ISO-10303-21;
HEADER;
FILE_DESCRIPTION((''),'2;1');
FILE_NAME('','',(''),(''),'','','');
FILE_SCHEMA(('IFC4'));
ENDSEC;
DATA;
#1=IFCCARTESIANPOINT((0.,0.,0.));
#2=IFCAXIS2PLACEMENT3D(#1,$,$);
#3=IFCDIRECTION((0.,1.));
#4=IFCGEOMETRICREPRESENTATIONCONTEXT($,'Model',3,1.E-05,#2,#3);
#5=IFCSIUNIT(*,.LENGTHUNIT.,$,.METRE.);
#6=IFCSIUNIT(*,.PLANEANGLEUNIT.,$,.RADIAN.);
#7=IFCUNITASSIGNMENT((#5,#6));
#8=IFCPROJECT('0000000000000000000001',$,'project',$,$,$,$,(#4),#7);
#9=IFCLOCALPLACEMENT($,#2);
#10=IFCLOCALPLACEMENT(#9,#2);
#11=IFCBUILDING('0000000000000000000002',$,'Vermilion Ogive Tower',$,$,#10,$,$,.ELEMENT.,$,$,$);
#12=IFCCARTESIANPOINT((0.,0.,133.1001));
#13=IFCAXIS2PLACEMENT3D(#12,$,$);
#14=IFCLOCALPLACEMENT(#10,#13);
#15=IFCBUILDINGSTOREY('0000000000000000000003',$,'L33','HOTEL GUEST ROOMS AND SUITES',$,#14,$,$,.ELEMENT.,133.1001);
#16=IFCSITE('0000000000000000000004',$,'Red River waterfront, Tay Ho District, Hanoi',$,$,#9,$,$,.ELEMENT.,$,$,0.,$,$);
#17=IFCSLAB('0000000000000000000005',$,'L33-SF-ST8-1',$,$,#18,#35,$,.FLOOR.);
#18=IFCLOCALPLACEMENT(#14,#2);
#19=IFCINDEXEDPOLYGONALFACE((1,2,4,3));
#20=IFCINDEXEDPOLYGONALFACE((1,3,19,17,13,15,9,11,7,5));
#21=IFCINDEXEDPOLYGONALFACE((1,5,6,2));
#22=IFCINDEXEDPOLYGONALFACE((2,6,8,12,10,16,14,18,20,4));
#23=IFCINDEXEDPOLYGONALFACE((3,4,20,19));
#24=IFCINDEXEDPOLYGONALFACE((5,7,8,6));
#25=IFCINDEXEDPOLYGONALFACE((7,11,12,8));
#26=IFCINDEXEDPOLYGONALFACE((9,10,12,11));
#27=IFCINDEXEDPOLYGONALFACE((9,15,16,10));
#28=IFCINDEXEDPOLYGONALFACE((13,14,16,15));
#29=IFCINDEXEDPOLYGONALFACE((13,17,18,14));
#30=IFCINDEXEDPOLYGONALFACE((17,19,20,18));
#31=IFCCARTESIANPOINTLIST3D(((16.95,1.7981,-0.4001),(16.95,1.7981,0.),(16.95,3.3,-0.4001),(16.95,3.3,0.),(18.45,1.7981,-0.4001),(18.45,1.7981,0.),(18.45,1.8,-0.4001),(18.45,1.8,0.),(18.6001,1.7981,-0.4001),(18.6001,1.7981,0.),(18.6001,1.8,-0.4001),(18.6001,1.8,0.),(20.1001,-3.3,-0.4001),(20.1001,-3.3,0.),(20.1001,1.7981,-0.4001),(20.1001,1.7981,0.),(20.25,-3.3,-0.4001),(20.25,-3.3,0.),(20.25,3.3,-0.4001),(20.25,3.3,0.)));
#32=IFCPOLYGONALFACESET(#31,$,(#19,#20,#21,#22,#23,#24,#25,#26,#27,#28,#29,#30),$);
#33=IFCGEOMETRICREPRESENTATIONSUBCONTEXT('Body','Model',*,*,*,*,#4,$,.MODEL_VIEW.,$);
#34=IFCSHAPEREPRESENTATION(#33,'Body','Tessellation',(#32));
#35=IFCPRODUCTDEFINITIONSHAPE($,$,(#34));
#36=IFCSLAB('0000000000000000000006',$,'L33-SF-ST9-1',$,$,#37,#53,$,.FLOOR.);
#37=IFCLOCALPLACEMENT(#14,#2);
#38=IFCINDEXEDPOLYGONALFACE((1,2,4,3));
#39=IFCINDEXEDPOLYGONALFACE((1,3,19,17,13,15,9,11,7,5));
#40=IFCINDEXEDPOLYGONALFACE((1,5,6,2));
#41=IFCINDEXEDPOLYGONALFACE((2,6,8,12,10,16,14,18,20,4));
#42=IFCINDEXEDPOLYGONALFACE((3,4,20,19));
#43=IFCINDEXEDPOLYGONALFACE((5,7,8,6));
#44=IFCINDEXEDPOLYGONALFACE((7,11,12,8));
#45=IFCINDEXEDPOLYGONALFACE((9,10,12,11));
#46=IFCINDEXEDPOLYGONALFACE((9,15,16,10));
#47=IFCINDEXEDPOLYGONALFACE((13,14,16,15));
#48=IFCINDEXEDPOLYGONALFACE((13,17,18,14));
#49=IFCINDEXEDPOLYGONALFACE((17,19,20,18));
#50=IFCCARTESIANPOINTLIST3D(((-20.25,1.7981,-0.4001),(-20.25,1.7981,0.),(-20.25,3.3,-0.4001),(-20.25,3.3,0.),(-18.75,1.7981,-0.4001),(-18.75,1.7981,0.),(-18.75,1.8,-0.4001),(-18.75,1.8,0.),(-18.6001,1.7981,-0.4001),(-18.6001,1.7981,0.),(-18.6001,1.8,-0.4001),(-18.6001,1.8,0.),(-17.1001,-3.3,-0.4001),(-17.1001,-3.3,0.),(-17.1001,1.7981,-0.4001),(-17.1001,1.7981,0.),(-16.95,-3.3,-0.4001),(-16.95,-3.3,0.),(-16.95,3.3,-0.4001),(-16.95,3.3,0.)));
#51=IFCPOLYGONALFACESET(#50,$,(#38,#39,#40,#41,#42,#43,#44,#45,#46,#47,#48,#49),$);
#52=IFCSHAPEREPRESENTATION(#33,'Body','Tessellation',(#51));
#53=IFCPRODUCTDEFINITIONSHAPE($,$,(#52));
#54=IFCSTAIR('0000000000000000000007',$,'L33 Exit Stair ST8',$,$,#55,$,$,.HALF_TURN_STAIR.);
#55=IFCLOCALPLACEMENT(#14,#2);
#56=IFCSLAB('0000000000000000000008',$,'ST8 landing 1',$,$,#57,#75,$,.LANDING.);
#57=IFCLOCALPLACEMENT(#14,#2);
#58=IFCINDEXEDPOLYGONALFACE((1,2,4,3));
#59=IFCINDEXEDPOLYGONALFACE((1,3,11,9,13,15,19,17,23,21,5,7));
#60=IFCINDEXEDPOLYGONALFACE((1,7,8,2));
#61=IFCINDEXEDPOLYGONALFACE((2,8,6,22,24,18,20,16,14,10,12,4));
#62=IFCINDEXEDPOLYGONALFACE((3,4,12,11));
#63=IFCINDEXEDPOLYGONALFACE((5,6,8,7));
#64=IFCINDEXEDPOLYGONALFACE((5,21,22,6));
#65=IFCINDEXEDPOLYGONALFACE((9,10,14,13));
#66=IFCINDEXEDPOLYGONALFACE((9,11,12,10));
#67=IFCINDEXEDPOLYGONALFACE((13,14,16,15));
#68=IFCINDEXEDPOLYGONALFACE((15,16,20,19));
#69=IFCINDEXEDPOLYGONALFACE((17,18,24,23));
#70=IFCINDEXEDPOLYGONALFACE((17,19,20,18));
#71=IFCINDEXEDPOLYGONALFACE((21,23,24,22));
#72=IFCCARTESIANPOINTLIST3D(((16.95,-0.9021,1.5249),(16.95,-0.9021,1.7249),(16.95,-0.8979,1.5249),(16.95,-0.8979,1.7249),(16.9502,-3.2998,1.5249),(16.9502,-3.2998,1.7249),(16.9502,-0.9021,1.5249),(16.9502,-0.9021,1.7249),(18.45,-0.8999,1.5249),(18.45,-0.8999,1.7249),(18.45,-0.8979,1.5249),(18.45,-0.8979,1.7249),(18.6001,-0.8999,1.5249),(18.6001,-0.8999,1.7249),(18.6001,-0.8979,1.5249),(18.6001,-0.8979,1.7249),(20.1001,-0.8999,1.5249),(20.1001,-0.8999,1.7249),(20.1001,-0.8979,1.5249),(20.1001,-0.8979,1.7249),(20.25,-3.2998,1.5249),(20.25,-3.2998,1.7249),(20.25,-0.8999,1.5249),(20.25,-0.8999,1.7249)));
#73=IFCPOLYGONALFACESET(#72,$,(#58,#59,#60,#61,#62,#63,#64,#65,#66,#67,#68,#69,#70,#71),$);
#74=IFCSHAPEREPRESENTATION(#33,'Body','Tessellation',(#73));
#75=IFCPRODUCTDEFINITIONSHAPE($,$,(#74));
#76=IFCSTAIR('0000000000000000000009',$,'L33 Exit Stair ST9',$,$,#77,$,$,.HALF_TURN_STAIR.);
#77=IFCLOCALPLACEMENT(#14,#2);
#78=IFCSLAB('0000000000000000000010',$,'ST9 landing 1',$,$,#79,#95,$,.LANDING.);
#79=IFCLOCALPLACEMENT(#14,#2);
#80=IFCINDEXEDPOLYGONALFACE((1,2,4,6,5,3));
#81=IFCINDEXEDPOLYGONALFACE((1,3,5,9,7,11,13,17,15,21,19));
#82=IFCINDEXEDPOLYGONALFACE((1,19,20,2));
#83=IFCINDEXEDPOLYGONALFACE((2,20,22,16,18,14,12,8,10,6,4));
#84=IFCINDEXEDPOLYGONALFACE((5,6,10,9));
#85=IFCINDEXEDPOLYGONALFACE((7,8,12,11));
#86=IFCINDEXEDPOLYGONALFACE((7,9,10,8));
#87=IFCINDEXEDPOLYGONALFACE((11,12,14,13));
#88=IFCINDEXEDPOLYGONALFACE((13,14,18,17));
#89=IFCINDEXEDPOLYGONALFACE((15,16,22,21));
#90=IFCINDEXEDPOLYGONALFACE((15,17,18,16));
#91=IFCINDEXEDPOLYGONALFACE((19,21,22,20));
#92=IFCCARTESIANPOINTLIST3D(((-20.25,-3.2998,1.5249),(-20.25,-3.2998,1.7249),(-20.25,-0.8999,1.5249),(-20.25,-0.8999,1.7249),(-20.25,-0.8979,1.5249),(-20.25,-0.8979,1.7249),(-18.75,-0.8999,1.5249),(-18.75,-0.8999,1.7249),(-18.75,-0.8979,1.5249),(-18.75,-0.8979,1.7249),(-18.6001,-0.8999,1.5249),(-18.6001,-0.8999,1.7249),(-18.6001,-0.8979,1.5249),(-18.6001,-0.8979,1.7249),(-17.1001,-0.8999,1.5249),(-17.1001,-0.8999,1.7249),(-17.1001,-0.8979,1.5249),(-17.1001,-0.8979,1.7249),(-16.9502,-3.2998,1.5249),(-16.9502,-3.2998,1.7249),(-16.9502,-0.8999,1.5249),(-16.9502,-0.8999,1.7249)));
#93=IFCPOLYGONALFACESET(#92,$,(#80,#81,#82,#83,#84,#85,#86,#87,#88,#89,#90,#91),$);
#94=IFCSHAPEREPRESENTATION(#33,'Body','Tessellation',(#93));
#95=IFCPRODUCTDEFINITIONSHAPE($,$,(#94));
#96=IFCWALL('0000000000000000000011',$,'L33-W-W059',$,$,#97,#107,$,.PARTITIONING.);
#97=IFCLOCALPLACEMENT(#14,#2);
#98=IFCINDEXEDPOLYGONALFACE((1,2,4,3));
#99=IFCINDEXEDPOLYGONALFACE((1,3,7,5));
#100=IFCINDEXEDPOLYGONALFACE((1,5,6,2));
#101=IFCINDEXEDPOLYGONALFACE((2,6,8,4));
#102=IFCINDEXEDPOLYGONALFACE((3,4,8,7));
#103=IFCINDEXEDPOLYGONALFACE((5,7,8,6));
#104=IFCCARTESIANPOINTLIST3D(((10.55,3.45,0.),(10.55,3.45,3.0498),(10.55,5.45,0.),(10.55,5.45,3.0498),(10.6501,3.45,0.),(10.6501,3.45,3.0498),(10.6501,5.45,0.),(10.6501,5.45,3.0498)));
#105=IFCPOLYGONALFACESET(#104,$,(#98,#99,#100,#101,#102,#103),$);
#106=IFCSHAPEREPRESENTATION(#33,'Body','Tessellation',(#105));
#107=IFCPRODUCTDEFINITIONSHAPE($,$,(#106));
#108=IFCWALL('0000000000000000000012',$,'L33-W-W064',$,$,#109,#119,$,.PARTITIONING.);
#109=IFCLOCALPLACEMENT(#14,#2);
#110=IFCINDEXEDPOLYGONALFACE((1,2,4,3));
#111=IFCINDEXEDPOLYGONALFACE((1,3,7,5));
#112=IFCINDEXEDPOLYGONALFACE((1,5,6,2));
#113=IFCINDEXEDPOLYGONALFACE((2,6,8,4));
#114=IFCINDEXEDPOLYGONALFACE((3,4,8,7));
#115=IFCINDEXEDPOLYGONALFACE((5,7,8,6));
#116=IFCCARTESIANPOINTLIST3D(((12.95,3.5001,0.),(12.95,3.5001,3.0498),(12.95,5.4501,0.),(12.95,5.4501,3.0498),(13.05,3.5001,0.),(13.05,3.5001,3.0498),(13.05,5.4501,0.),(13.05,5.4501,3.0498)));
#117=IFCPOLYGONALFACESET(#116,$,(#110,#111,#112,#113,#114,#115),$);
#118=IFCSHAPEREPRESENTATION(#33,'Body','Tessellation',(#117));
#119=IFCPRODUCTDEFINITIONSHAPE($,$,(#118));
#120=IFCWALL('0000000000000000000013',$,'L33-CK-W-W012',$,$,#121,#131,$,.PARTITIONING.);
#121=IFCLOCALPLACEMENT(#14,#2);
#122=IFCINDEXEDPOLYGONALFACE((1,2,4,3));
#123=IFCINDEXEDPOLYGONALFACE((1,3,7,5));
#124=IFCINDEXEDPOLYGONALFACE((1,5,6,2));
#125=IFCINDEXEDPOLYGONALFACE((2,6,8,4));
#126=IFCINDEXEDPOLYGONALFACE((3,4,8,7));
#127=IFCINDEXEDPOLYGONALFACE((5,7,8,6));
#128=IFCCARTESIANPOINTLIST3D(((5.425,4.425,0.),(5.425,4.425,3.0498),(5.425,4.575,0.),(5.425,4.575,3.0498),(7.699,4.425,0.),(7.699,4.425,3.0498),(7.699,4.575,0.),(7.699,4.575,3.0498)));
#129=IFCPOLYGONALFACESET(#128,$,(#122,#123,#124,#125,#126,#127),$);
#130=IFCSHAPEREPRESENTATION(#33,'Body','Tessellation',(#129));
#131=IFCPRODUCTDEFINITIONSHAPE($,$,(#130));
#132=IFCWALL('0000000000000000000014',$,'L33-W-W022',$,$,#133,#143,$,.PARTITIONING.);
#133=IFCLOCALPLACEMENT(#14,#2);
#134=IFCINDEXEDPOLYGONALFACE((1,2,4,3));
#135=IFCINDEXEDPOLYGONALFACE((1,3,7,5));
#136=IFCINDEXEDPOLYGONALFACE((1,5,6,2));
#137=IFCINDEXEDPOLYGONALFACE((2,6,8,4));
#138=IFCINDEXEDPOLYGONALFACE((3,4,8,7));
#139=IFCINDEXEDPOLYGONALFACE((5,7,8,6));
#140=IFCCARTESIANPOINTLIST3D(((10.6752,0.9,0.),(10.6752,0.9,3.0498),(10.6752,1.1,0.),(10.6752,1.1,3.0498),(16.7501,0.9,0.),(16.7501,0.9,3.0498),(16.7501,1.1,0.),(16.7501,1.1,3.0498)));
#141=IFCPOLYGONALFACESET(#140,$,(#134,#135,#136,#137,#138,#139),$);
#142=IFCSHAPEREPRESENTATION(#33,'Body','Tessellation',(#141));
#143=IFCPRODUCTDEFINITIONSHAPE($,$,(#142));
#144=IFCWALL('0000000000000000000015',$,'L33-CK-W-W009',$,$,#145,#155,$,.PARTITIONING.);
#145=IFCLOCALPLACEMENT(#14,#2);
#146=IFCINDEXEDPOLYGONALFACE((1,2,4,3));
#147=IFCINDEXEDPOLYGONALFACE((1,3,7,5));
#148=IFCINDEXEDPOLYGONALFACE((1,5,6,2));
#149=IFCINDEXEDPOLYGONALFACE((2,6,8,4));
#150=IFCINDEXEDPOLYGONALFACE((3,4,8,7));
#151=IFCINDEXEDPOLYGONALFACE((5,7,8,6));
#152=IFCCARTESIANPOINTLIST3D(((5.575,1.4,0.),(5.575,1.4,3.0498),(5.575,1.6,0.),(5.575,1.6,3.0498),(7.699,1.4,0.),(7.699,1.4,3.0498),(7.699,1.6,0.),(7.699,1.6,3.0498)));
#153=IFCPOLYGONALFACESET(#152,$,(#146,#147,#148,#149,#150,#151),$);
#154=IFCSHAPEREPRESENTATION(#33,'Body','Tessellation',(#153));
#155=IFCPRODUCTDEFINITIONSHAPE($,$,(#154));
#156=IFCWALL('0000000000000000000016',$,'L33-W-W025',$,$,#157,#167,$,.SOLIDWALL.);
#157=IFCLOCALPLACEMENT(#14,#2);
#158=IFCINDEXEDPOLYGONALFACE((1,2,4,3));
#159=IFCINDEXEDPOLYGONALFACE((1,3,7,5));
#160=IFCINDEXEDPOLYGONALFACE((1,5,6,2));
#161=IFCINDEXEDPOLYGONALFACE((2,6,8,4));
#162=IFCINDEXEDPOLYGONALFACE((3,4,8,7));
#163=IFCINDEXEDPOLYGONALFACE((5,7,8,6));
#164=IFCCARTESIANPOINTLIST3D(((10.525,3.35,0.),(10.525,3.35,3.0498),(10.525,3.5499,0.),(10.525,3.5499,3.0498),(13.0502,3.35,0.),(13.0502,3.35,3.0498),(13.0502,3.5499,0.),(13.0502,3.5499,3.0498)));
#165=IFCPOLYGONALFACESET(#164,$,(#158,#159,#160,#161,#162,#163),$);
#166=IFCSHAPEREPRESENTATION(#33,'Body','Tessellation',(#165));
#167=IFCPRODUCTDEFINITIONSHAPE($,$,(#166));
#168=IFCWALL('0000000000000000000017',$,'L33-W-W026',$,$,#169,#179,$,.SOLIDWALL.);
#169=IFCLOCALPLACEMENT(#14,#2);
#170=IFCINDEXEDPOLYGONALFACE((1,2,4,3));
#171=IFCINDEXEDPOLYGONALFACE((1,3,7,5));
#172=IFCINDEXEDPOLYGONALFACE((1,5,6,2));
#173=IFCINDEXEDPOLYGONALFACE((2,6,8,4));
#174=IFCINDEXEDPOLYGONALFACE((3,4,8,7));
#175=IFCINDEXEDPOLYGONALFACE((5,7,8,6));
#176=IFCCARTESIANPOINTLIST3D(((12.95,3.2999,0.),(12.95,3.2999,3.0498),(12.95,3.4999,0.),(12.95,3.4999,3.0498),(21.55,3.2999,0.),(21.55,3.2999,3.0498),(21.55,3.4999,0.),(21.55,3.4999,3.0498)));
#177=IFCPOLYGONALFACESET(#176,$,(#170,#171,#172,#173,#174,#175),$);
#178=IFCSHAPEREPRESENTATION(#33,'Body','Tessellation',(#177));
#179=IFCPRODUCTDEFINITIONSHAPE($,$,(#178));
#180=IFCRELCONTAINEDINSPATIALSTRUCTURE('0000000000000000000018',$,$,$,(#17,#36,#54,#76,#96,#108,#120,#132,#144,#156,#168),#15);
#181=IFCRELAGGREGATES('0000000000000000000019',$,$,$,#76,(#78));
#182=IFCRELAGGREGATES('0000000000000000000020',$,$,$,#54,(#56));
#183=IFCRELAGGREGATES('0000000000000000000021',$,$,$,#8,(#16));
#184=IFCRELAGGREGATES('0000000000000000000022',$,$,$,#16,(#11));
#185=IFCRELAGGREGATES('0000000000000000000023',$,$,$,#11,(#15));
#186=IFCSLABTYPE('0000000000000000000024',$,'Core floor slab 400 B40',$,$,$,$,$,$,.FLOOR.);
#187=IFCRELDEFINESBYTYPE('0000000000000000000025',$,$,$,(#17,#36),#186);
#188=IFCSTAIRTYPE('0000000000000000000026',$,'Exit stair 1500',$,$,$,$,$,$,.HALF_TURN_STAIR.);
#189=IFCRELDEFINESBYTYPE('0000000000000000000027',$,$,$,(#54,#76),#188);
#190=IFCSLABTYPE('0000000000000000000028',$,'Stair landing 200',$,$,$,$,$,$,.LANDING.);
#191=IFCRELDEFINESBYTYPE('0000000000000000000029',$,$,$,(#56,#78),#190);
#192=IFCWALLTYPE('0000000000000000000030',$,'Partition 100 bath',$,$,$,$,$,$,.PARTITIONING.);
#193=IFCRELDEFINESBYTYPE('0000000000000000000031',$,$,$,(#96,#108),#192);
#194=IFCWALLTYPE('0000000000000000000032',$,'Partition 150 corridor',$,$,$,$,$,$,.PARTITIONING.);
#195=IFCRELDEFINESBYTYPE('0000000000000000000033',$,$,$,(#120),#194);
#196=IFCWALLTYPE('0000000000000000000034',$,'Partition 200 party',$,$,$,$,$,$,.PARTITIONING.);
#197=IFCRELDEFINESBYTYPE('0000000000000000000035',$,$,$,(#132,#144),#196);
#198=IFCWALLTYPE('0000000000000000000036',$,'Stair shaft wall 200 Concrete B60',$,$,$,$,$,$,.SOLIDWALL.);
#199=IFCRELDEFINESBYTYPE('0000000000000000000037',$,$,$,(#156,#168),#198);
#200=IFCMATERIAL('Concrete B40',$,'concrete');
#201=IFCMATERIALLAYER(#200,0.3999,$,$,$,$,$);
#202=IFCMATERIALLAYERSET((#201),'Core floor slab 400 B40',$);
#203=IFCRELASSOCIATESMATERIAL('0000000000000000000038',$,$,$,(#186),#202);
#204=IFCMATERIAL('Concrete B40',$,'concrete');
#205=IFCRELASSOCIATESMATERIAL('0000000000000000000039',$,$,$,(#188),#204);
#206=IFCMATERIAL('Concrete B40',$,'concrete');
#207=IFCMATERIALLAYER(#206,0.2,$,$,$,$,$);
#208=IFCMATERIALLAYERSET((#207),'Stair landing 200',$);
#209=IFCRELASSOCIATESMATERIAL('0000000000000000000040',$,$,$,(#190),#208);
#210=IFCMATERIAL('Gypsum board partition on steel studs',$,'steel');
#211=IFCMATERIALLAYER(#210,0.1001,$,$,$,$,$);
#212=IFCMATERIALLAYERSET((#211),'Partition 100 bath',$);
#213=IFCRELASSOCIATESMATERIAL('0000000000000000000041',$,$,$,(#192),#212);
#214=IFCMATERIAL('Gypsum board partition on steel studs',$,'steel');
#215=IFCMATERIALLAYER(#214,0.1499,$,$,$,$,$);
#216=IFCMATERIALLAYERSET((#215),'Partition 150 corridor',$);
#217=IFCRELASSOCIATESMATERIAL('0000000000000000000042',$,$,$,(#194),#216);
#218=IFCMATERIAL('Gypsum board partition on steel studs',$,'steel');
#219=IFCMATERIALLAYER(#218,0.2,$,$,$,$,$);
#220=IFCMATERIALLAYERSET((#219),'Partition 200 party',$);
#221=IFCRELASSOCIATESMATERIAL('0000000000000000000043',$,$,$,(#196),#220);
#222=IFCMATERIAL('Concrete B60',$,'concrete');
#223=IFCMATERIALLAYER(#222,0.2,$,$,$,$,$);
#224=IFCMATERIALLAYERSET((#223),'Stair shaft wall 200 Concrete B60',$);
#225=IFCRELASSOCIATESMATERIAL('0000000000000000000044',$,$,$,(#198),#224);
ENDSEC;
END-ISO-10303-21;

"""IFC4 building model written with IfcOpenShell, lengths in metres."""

from ifc_helpers import new_model, si_unit, direction, frame, frame_2d, origin, place, context, subcontext, project, spatial, polyline, rectangle, outline, extrude, material, layer, layer_set, type_object, element, aggregate, save


model = new_model("IFC4")

# Units and contexts
model_context = context("Model", 3, precision=1e-05, world=origin(), true_north=direction((0.0, 1.0)))
body_context = subcontext(model_context, "Body", "Model", "MODEL_VIEW")
ifc_project = project(units=[si_unit("LENGTHUNIT", "METRE"), si_unit("PLANEANGLEUNIT", "RADIAN")], contexts=[model_context])

# Site, building, storey
site_placement = place(None, origin())
site = spatial("IfcSite", under=ifc_project, at=site_placement, Name="Red River waterfront, Tay Ho District, Hanoi", CompositionType="ELEMENT", RefElevation=0.0)
building_placement = place(site_placement, origin())
building = spatial("IfcBuilding", under=site, at=building_placement, Name="Vermilion Ogive Tower", CompositionType="ELEMENT")
storey_placement = place(building_placement, frame((0.0, 0.0, 133.1001)))
storey = spatial("IfcBuildingStorey", under=building, at=storey_placement, Name="L33", Description="HOTEL GUEST ROOMS AND SUITES", CompositionType="ELEMENT", Elevation=133.1001)

# Slabs
ifc_material_1 = material(Name="Concrete B40", Category="concrete")
ifc_layer_1 = layer(ifc_material_1, 0.3999)
ifc_layer_set_1 = layer_set([ifc_layer_1], Name="Core floor slab 400 B40")
slab_type_1 = type_object("IfcSlabType", Name="Core floor slab 400 B40", PredefinedType="FLOOR", material=ifc_layer_set_1)
slab_1_placement = place(storey_placement, frame((0.0, 0.0, -0.4001)))
element("IfcSlab", 1, at=slab_1_placement, inside=storey, type_object=slab_type_1, Name="L33-SF-ST8-1", PredefinedType="FLOOR", context=body_context, shape_type="SweptSolid", body=[
    extrude(outline(polyline([(16.95, 3.3), (16.95, 1.7981), (18.45, 1.7981), (18.45, 1.8), (18.6001, 1.8), (18.6001, 1.7981), (20.1001, 1.7981), (20.1001, -3.3), (20.25, -3.3), (20.25, 3.3), (16.95, 3.3)])), origin(), (0.0, 0.0, 1.0), 0.4001),
])
slab_2_placement = place(storey_placement, frame((0.0, 0.0, -0.4001)))
element("IfcSlab", 2, at=slab_2_placement, inside=storey, type_object=slab_type_1, Name="L33-SF-ST9-1", PredefinedType="FLOOR", context=body_context, shape_type="SweptSolid", body=[
    extrude(outline(polyline([(-20.25, 3.3), (-20.25, 1.7981), (-18.75, 1.7981), (-18.75, 1.8), (-18.6001, 1.8), (-18.6001, 1.7981), (-17.1001, 1.7981), (-17.1001, -3.3), (-16.95, -3.3), (-16.95, 3.3), (-20.25, 3.3)])), origin(), (0.0, 0.0, 1.0), 0.4001),
])

# Stairs, slabs
ifc_material_2 = material(Name="Concrete B40", Category="concrete")
stair_type = type_object("IfcStairType", Name="Exit stair 1500", PredefinedType="HALF_TURN_STAIR", material=ifc_material_2)
stair_1_placement = place(storey_placement, origin())
stair_1 = element("IfcStair", 3, at=stair_1_placement, inside=storey, type_object=stair_type, Name="L33 Exit Stair ST8", PredefinedType="HALF_TURN_STAIR")
ifc_material_3 = material(Name="Concrete B40", Category="concrete")
ifc_layer_2 = layer(ifc_material_3, 0.2)
ifc_layer_set_2 = layer_set([ifc_layer_2], Name="Stair landing 200")
slab_type_2 = type_object("IfcSlabType", Name="Stair landing 200", PredefinedType="LANDING", material=ifc_layer_set_2)
slab_3_placement = place(storey_placement, frame((0.0, 0.0, 1.5249)))
slab_3 = element("IfcSlab", 4, at=slab_3_placement, type_object=slab_type_2, Name="ST8 landing 1", PredefinedType="LANDING", context=body_context, shape_type="SweptSolid", body=[
    extrude(outline(polyline([(20.25, -0.8999), (20.1001, -0.8999), (20.1001, -0.8979), (18.6001, -0.8979), (18.6001, -0.8999), (18.45, -0.8999), (18.45, -0.8979), (16.95, -0.8979), (16.95, -0.9021), (16.9502, -0.9021), (16.9502, -3.2998), (20.25, -3.2998), (20.25, -0.8999)])), origin(), (0.0, 0.0, 1.0), 0.2),
])
stair_2_placement = place(storey_placement, origin())
stair_2 = element("IfcStair", 5, at=stair_2_placement, inside=storey, type_object=stair_type, Name="L33 Exit Stair ST9", PredefinedType="HALF_TURN_STAIR")
slab_4_placement = place(storey_placement, frame((0.0, 0.0, 1.5249)))
slab_4 = element("IfcSlab", 6, at=slab_4_placement, type_object=slab_type_2, Name="ST9 landing 1", PredefinedType="LANDING", context=body_context, shape_type="SweptSolid", body=[
    extrude(outline(polyline([(-16.9502, -0.8999), (-17.1001, -0.8999), (-17.1001, -0.8979), (-18.6001, -0.8979), (-18.6001, -0.8999), (-18.75, -0.8999), (-18.75, -0.8979), (-20.25, -0.8979), (-20.25, -0.8999), (-20.25, -0.8999), (-20.25, -3.2998), (-16.9502, -3.2998), (-16.9502, -0.8999)])), origin(), (0.0, 0.0, 1.0), 0.2),
])
aggregate(stair_2, [slab_4])

# Walls
ifc_material_4 = material(Name="Gypsum board partition on steel studs", Category="steel")
ifc_layer_3 = layer(ifc_material_4, 0.1001)
ifc_layer_set_3 = layer_set([ifc_layer_3], Name="Partition 100 bath")
wall_type_1 = type_object("IfcWallType", Name="Partition 100 bath", PredefinedType="PARTITIONING", material=ifc_layer_set_3)
wall_1_placement = place(storey_placement, frame((10.6001, 3.45, 0.0), z_axis=(0.0, 0.0, 1.0), x_axis=(0.0, 1.0, 0.0)))
element("IfcWall", 7, at=wall_1_placement, inside=storey, type_object=wall_type_1, Name="L33-W-W059", PredefinedType="PARTITIONING", context=body_context, shape_type="SweptSolid", body=[
    extrude(rectangle(XDim=2.0, YDim=0.1001, at=frame_2d((1.0, 0.0))), origin(), (0.0, 0.0, 1.0), 3.0498),
])
wall_2_placement = place(storey_placement, frame((13.0, 3.5, 0.0), z_axis=(0.0, 0.0, 1.0), x_axis=(0.0, 1.0, 0.0)))
element("IfcWall", 8, at=wall_2_placement, inside=storey, type_object=wall_type_1, Name="L33-W-W064", PredefinedType="PARTITIONING", context=body_context, shape_type="SweptSolid", body=[
    extrude(rectangle(XDim=1.95, YDim=0.1001, at=frame_2d((0.9751, 0.0))), origin(), (0.0, 0.0, 1.0), 3.0498),
])
ifc_material_5 = material(Name="Gypsum board partition on steel studs", Category="steel")
ifc_layer_4 = layer(ifc_material_5, 0.1499)
ifc_layer_set_4 = layer_set([ifc_layer_4], Name="Partition 150 corridor")
wall_type_2 = type_object("IfcWallType", Name="Partition 150 corridor", PredefinedType="PARTITIONING", material=ifc_layer_set_4)
wall_3_placement = place(storey_placement, frame((5.425, 4.5, 0.0), z_axis=(0.0, 0.0, 1.0), x_axis=(1.0, 0.0, 0.0)))
element("IfcWall", 9, at=wall_3_placement, inside=storey, type_object=wall_type_2, Name="L33-CK-W-W012", PredefinedType="PARTITIONING", context=body_context, shape_type="SweptSolid", body=[
    extrude(rectangle(XDim=2.2739, YDim=0.1499, at=frame_2d((1.137, 0.0))), origin(), (0.0, 0.0, 1.0), 3.0498),
])
ifc_material_6 = material(Name="Gypsum board partition on steel studs", Category="steel")
ifc_layer_5 = layer(ifc_material_6, 0.2)
ifc_layer_set_5 = layer_set([ifc_layer_5], Name="Partition 200 party")
wall_type_3 = type_object("IfcWallType", Name="Partition 200 party", PredefinedType="PARTITIONING", material=ifc_layer_set_5)
wall_4_placement = place(storey_placement, frame((10.675, 1.0, 0.0), z_axis=(0.0, 0.0, 1.0), x_axis=(1.0, 0.0, 0.0)))
element("IfcWall", 10, at=wall_4_placement, inside=storey, type_object=wall_type_3, Name="L33-W-W022", PredefinedType="PARTITIONING", context=body_context, shape_type="SweptSolid", body=[
    extrude(rectangle(XDim=6.075, YDim=0.2, at=frame_2d((3.0376, 0.0))), origin(), (0.0, 0.0, 1.0), 3.0498),
])
wall_5_placement = place(storey_placement, frame((5.575, 1.5, 0.0), z_axis=(0.0, 0.0, 1.0), x_axis=(1.0, 0.0, 0.0)))
element("IfcWall", 11, at=wall_5_placement, inside=storey, type_object=wall_type_3, Name="L33-CK-W-W009", PredefinedType="PARTITIONING", context=body_context, shape_type="SweptSolid", body=[
    extrude(rectangle(XDim=2.124, YDim=0.2, at=frame_2d((1.062, 0.0))), origin(), (0.0, 0.0, 1.0), 3.0498),
])
ifc_material_7 = material(Name="Concrete B60", Category="concrete")
ifc_layer_6 = layer(ifc_material_7, 0.2)
ifc_layer_set_6 = layer_set([ifc_layer_6], Name="Stair shaft wall 200 Concrete B60")
wall_type_4 = type_object("IfcWallType", Name="Stair shaft wall 200 Concrete B60", PredefinedType="SOLIDWALL", material=ifc_layer_set_6)
wall_6_placement = place(storey_placement, frame((10.5249, 3.45, 0.0), z_axis=(0.0, 0.0, 1.0), x_axis=(1.0, 0.0, 0.0)))
element("IfcWall", 12, at=wall_6_placement, inside=storey, type_object=wall_type_4, Name="L33-W-W025", PredefinedType="SOLIDWALL", context=body_context, shape_type="SweptSolid", body=[
    extrude(rectangle(XDim=2.5251, YDim=0.2, at=frame_2d((1.2627, 0.0))), origin(), (0.0, 0.0, 1.0), 3.0498),
])
wall_7_placement = place(storey_placement, frame((12.95, 3.3999, 0.0), z_axis=(0.0, 0.0, 1.0), x_axis=(1.0, 0.0, 0.0)))
element("IfcWall", 13, at=wall_7_placement, inside=storey, type_object=wall_type_4, Name="L33-W-W026", PredefinedType="SOLIDWALL", context=body_context, shape_type="SweptSolid", body=[
    extrude(rectangle(XDim=8.6001, YDim=0.2, at=frame_2d((4.3, 0.0))), origin(), (0.0, 0.0, 1.0), 3.0498),
])

aggregate(stair_1, [slab_3])

save(model, "model.ifc")
